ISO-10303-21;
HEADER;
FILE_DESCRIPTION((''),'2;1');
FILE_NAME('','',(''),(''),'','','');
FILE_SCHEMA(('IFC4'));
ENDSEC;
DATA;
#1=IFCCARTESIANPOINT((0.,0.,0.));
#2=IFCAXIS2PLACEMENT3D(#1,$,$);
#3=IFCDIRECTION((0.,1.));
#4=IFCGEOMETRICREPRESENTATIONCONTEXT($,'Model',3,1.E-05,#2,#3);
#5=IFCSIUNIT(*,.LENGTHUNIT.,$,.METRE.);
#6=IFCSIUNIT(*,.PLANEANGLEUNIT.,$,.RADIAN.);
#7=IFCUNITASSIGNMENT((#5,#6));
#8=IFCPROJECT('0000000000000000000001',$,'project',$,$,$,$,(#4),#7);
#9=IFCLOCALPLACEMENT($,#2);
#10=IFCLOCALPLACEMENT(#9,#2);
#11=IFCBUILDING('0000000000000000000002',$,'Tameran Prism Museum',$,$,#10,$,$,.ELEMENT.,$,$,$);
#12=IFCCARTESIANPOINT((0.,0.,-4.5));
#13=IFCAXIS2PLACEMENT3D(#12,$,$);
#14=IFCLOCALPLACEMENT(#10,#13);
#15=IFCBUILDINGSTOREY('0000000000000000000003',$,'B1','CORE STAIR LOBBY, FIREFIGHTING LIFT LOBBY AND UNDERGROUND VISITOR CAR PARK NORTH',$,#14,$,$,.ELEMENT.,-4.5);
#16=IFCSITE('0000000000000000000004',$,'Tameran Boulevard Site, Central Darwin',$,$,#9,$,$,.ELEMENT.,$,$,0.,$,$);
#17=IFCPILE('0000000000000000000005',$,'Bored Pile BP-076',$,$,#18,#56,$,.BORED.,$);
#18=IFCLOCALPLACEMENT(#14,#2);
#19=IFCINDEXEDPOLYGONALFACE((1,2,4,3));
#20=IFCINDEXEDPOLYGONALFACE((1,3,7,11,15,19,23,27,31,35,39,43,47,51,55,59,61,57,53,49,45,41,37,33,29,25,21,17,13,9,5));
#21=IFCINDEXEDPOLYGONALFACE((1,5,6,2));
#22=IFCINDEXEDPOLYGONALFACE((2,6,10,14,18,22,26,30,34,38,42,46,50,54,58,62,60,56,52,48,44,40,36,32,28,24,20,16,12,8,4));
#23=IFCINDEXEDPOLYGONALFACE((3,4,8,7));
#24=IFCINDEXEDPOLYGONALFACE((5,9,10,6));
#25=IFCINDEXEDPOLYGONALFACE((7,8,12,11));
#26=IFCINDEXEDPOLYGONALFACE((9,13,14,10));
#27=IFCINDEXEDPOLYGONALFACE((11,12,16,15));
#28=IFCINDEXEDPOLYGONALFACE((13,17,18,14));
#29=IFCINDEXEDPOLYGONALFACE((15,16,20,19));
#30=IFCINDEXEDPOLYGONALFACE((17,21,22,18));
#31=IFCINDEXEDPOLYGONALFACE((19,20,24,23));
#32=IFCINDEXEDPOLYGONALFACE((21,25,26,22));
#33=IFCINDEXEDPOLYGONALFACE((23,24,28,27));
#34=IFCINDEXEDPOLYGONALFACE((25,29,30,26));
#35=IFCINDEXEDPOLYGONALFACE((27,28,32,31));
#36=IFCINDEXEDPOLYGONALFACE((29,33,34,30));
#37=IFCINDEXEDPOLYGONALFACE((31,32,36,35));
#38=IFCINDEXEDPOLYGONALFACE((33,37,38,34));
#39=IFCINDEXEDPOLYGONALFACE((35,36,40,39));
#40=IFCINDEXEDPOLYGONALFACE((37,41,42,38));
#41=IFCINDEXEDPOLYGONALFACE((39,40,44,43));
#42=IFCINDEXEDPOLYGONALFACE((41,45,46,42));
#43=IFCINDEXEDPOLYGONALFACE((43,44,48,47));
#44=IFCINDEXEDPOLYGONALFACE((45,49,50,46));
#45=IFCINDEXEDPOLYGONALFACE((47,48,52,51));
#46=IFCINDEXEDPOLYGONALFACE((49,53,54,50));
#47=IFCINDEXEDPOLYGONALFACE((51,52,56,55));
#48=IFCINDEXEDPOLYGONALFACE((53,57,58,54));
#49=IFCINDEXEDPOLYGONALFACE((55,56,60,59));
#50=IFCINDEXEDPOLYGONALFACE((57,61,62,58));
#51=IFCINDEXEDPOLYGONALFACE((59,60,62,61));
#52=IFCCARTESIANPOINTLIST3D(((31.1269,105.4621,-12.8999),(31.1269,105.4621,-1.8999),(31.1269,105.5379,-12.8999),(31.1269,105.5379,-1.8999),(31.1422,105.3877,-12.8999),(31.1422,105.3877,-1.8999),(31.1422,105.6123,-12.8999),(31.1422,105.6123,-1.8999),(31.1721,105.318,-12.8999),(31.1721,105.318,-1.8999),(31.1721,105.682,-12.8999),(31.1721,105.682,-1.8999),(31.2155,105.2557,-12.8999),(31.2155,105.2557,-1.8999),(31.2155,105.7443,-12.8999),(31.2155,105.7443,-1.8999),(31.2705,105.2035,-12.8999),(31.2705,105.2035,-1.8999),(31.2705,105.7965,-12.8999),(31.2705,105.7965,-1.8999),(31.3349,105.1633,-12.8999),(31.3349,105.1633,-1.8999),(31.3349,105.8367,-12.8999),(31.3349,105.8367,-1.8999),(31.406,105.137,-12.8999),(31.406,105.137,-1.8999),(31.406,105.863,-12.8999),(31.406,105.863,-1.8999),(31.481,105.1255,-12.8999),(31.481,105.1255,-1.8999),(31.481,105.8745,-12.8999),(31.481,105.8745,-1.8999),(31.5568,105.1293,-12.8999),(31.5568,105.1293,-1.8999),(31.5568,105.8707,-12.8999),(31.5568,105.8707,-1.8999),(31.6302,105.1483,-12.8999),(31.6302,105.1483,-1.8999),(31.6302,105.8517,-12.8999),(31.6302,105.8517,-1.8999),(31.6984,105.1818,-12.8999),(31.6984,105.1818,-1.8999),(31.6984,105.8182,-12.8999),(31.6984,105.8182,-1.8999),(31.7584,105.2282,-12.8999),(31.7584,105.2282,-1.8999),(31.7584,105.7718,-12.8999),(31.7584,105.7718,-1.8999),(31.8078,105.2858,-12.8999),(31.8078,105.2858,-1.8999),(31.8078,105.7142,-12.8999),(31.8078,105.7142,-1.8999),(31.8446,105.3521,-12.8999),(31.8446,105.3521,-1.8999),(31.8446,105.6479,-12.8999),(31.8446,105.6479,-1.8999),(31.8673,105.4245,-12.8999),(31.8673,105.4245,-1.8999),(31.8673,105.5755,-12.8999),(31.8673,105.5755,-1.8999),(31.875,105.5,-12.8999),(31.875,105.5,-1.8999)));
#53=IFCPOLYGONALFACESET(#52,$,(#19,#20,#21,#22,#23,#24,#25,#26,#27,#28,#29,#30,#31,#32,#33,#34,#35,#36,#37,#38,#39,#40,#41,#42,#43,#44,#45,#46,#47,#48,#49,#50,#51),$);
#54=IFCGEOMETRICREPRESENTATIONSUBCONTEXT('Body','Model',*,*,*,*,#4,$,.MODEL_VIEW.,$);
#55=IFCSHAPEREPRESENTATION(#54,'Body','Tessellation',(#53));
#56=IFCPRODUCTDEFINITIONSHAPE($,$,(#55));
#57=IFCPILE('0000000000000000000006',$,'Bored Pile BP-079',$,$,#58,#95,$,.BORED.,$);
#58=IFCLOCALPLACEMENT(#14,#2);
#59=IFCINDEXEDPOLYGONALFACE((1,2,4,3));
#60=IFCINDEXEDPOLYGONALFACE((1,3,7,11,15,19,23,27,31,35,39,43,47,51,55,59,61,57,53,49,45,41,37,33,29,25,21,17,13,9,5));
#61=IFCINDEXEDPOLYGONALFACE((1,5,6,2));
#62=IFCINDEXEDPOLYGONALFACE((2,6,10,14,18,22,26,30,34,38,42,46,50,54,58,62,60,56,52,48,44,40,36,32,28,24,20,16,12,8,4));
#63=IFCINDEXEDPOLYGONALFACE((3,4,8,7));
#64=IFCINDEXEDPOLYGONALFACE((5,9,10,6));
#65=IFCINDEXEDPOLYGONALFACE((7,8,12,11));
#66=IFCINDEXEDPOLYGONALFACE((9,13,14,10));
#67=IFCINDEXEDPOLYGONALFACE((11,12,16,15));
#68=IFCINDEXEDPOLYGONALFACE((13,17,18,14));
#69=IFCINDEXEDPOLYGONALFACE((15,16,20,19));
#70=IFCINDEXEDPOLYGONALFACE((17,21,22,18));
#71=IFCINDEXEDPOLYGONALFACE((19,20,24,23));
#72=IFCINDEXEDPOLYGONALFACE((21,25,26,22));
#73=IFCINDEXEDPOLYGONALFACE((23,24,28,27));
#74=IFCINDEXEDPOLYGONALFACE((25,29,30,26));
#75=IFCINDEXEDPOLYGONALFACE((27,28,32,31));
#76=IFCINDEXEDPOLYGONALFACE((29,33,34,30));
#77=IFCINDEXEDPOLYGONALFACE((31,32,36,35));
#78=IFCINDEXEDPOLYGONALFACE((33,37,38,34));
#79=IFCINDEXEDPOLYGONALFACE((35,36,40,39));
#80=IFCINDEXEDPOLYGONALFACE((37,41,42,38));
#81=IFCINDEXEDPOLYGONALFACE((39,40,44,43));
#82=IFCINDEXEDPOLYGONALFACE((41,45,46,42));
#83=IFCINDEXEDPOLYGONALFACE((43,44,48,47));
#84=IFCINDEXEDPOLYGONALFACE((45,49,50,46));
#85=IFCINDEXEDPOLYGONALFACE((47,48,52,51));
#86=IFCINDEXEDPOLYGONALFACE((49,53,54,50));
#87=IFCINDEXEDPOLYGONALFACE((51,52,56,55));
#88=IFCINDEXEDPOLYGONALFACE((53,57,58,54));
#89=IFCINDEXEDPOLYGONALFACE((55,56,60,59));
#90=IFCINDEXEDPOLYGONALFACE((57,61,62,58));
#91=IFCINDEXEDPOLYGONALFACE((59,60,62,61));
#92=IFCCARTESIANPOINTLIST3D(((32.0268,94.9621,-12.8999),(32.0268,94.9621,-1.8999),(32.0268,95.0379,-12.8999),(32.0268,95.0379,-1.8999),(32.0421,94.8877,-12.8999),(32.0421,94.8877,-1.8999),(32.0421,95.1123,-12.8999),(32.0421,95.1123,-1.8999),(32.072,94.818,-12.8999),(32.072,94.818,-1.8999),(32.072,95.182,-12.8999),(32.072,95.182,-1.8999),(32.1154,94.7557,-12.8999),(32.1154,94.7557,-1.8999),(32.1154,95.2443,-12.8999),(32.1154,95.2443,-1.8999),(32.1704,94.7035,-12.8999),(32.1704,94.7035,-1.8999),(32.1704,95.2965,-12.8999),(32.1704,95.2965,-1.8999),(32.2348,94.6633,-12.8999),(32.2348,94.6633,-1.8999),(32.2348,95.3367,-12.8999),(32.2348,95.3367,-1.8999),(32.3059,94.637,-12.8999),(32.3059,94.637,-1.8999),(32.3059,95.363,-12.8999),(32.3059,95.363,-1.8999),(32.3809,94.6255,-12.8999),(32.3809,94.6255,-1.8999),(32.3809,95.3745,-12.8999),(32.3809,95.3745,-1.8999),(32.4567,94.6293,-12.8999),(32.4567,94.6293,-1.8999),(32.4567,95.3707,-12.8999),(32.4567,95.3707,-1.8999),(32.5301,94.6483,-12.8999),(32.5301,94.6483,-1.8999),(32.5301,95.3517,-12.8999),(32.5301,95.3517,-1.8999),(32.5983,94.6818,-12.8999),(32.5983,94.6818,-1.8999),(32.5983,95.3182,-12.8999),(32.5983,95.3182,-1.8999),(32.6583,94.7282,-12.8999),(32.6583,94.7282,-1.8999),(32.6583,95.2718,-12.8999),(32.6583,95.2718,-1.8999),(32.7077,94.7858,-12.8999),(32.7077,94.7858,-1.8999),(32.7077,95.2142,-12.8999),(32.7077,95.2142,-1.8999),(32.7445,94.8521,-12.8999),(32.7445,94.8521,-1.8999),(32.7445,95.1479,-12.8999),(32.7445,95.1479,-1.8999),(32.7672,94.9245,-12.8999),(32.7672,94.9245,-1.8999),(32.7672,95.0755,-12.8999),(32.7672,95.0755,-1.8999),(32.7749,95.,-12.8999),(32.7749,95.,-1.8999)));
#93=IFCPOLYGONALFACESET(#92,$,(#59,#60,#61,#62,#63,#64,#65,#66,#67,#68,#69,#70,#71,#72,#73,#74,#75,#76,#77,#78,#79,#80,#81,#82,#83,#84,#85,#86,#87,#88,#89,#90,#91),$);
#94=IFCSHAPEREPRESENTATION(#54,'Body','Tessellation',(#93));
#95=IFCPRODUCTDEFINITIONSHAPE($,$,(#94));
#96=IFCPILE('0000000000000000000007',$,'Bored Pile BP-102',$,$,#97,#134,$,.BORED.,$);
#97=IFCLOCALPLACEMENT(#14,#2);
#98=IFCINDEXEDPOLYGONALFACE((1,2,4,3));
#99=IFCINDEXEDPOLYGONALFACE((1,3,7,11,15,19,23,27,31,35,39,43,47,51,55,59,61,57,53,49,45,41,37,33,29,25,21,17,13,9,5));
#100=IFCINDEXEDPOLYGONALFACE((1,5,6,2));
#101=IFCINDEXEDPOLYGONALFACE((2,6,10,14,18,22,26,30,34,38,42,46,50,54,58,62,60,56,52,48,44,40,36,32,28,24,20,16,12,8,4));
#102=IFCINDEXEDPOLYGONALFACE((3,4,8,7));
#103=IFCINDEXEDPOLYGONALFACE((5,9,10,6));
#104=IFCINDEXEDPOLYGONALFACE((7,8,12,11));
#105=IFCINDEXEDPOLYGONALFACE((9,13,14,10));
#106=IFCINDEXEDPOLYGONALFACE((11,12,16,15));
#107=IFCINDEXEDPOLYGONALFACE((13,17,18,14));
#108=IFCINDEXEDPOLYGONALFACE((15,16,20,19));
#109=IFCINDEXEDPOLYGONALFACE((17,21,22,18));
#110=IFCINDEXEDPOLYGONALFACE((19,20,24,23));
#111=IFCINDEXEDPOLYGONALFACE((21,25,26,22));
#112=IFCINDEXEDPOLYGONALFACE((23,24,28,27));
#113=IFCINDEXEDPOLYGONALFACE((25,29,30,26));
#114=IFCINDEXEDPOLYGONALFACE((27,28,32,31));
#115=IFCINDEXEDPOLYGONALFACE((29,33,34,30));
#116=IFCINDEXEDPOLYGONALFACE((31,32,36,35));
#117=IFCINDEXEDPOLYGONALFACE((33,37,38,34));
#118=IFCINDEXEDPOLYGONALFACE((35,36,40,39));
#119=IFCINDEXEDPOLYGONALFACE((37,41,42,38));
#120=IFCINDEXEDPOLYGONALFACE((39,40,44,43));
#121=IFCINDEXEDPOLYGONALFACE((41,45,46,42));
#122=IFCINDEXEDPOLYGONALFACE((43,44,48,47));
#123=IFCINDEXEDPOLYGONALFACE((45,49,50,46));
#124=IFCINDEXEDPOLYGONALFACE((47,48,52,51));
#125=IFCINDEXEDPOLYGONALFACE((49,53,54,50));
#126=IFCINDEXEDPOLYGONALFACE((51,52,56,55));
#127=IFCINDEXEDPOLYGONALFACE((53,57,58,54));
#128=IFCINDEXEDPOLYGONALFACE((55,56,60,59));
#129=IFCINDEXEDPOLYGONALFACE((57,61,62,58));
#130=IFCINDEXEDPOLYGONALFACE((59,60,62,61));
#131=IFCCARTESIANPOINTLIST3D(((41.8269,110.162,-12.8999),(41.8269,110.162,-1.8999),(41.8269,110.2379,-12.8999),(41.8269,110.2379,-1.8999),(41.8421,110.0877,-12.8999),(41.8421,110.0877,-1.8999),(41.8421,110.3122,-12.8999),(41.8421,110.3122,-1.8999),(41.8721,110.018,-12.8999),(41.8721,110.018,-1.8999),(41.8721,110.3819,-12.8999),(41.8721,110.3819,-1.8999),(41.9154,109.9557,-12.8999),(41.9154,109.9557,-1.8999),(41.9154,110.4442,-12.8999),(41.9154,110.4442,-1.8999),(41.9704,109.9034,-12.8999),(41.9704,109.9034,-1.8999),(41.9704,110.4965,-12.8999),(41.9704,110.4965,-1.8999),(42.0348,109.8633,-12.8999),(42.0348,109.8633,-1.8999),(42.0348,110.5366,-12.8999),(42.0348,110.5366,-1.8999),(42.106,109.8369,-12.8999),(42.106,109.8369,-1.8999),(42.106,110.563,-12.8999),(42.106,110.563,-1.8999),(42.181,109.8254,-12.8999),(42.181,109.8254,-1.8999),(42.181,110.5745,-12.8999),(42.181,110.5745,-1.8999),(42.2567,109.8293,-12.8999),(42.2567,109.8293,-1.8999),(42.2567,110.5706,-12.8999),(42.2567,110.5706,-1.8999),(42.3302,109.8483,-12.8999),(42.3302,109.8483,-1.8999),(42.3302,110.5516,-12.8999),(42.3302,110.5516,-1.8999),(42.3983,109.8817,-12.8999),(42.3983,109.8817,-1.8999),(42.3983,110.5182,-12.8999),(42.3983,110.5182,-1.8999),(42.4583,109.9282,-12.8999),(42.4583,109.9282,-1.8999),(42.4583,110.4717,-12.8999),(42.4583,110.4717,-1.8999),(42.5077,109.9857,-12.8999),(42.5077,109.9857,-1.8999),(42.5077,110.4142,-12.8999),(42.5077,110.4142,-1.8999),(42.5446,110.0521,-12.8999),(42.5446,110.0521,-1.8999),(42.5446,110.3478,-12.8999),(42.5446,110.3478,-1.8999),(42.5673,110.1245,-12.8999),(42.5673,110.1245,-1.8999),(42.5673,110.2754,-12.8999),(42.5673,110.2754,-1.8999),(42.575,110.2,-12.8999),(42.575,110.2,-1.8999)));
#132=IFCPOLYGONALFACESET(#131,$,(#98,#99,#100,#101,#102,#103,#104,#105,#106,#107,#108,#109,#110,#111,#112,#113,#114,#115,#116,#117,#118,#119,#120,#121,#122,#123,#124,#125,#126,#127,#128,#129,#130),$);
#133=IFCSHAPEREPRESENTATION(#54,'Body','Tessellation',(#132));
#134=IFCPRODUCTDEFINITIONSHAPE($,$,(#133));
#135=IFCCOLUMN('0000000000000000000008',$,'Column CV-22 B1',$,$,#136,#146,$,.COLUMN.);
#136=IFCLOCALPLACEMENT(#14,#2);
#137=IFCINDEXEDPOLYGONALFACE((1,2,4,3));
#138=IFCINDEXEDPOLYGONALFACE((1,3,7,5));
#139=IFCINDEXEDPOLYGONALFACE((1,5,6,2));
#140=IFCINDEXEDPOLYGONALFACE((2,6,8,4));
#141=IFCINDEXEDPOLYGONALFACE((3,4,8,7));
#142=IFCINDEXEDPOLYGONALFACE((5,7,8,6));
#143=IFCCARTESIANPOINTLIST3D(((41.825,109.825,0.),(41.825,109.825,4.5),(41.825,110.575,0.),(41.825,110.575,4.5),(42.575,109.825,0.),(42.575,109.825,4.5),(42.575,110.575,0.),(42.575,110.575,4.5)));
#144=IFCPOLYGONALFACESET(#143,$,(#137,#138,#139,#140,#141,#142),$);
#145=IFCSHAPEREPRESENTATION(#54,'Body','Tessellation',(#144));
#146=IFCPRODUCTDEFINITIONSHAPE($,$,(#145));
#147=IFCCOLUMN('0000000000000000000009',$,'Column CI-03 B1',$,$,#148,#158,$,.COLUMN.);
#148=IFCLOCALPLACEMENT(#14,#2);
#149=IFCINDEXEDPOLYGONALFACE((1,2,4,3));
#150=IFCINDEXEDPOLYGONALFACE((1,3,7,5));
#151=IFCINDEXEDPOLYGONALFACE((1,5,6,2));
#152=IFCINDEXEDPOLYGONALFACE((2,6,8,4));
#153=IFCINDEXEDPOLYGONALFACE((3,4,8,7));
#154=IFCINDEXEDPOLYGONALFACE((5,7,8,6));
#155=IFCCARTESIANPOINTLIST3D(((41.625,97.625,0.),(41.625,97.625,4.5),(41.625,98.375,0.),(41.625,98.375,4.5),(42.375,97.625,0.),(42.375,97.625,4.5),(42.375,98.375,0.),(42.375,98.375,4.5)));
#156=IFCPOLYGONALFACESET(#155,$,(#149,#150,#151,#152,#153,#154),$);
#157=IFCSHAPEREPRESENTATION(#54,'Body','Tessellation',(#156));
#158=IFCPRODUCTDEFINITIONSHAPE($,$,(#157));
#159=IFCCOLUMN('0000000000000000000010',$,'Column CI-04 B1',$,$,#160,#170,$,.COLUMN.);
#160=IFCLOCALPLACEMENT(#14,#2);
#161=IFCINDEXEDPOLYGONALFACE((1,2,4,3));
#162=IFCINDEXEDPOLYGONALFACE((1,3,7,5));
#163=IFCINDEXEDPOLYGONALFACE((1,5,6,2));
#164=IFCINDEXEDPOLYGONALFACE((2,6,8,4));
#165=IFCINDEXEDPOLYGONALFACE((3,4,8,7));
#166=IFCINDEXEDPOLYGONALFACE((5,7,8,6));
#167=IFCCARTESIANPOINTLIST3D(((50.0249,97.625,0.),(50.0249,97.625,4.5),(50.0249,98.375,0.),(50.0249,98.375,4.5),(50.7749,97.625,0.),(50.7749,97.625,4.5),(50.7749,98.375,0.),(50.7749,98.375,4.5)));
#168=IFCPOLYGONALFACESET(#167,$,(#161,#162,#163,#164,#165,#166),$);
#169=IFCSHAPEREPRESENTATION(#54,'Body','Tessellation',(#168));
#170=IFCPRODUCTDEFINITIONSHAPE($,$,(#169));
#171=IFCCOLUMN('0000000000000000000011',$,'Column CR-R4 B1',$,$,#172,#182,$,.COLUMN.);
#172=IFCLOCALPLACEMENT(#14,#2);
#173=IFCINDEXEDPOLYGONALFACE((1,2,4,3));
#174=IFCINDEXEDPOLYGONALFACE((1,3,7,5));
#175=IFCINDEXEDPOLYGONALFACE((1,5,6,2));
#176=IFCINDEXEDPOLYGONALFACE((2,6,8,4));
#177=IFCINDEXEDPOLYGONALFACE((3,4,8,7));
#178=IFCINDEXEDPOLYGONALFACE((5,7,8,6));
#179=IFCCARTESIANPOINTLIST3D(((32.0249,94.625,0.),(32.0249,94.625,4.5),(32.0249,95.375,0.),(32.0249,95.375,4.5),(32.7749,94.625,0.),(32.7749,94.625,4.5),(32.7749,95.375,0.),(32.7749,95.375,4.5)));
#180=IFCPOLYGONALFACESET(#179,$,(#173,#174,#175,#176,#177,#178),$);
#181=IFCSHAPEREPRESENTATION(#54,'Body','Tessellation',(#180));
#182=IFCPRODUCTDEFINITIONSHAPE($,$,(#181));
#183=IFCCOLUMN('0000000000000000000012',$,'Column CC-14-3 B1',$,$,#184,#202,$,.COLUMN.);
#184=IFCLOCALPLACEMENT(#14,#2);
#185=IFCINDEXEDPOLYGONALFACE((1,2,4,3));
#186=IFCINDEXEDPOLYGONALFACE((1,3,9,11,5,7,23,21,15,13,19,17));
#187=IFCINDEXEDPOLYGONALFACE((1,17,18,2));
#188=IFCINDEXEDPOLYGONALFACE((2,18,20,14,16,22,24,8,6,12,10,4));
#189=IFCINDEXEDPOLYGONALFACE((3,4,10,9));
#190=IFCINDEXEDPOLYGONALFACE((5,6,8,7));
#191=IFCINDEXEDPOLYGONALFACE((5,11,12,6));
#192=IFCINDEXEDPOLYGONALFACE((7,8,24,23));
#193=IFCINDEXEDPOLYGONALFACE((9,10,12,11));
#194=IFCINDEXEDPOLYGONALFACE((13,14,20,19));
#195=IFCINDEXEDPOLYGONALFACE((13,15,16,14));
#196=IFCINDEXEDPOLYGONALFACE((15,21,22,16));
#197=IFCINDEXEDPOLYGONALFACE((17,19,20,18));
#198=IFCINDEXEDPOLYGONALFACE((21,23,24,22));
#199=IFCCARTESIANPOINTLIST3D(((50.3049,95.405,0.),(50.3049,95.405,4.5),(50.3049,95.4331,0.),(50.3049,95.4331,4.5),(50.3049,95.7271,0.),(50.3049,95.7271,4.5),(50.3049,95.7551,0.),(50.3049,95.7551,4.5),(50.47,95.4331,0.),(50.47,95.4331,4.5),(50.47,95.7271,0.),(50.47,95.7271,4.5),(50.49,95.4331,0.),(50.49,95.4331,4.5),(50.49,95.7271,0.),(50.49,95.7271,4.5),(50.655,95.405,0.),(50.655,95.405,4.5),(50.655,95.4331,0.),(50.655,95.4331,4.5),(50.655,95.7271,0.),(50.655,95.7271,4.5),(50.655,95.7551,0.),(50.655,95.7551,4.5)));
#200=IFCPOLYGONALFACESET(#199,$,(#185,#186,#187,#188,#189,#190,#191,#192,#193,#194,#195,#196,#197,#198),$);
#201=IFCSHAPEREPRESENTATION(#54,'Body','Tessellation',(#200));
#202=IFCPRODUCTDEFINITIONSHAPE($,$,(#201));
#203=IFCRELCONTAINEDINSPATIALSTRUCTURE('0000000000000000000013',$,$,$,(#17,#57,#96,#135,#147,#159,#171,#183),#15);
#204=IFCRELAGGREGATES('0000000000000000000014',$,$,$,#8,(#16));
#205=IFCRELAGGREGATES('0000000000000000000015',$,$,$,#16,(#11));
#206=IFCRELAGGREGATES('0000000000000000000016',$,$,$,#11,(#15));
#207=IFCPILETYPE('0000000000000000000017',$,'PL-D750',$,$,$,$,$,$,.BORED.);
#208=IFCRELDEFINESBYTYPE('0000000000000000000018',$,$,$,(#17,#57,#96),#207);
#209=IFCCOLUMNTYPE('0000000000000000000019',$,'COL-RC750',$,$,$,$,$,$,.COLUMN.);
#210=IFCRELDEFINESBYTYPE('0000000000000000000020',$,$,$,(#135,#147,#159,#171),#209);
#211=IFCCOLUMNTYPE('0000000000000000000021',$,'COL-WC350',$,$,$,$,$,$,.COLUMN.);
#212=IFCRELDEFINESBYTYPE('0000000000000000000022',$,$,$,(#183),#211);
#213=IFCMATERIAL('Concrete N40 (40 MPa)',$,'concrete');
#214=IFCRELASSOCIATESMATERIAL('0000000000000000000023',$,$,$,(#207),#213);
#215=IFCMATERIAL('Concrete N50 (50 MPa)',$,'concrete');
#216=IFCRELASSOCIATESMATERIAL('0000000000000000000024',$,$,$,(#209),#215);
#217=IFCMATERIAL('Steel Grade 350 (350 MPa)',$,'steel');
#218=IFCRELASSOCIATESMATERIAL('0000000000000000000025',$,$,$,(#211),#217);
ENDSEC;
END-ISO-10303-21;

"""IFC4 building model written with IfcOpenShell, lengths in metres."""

from ifc_helpers import new_model, si_unit, direction, frame, origin, origin_2d, place, context, subcontext, project, spatial, rectangle, circle, i_section, extrude, material, material_profile, profile_set, type_object, element, save


model = new_model("IFC4")

# Units and contexts
model_context = context("Model", 3, precision=1e-05, world=origin(), true_north=direction((0.0, 1.0)))
body_context = subcontext(model_context, "Body", "Model", "MODEL_VIEW")
ifc_project = project(units=[si_unit("LENGTHUNIT", "METRE"), si_unit("PLANEANGLEUNIT", "RADIAN")], contexts=[model_context])

# Site, building, storey
site_placement = place(None, origin())
site = spatial("IfcSite", under=ifc_project, at=site_placement, Name="Tameran Boulevard Site, Central Darwin", CompositionType="ELEMENT", RefElevation=0.0)
building_placement = place(site_placement, origin())
building = spatial("IfcBuilding", under=site, at=building_placement, Name="Tameran Prism Museum", CompositionType="ELEMENT")
storey_placement = place(building_placement, frame((0.0, 0.0, -4.5)))
storey = spatial("IfcBuildingStorey", under=building, at=storey_placement, Name="B1", Description="CORE STAIR LOBBY, FIREFIGHTING LIFT LOBBY AND UNDERGROUND VISITOR CAR PARK NORTH", CompositionType="ELEMENT", Elevation=-4.5)

# Piles
ifc_material_1 = material(Name="Concrete N40 (40 MPa)", Category="concrete")
ifc_material_profile_1 = material_profile(ifc_material_1, circle(Radius=0.375, at=origin_2d()))
ifc_profile_set_1 = profile_set([ifc_material_profile_1])
pile_type_1 = type_object("IfcPileType", Name="PL-D750", PredefinedType="BORED", material=ifc_profile_set_1)
for number, where, z_axis, x_axis, name in (
    (1, (31.5, 105.5, -1.8999), (0.0, 0.0, -1.0), (1.0, 0.0, 0.0), "Bored Pile BP-076"),
    (2, (32.3999, 95.0, -1.8999), (0.0, 0.0, -1.0), (1.0, 0.0, 0.0), "Bored Pile BP-079"),
    (3, (42.2, 110.2, -1.8999), (0.0, 0.0, -1.0), (1.0, 0.0, 0.0), "Bored Pile BP-102"),
):
    element("IfcPile", number, at=place(storey_placement, frame(where, z_axis=z_axis, x_axis=x_axis)), inside=storey, type_object=pile_type_1, Name=name, PredefinedType="BORED", context=body_context, shape_type="SweptSolid", body=[
        extrude(circle(Radius=0.375, at=origin_2d()), origin(), (0.0, 0.0, 1.0), 11.0),
    ])

# Columns
ifc_material_2 = material(Name="Concrete N50 (50 MPa)", Category="concrete")
ifc_material_profile_2 = material_profile(ifc_material_2, rectangle(XDim=0.75, YDim=0.75, at=origin_2d()))
ifc_profile_set_2 = profile_set([ifc_material_profile_2])
column_type_1 = type_object("IfcColumnType", Name="COL-RC750", PredefinedType="COLUMN", material=ifc_profile_set_2)
for number, where, z_axis, x_axis, name in (
    (4, (42.2, 110.2, 0.0), (0.0, 0.0, 1.0), (1.0, 0.0, 0.0), "Column CV-22 B1"),
    (5, (42.0, 98.0, 0.0), (0.0, 0.0, 1.0), (1.0, 0.0, 0.0), "Column CI-03 B1"),
    (6, (50.3999, 98.0, 0.0), (0.0, 0.0, 1.0), (1.0, 0.0, 0.0), "Column CI-04 B1"),
    (7, (32.3999, 95.0, 0.0), (0.0, 0.0, 1.0), (1.0, 0.0, 0.0), "Column CR-R4 B1"),
):
    element("IfcColumn", number, at=place(storey_placement, frame(where, z_axis=z_axis, x_axis=x_axis)), inside=storey, type_object=column_type_1, Name=name, PredefinedType="COLUMN", context=body_context, shape_type="SweptSolid", body=[
        extrude(rectangle(XDim=0.75, YDim=0.75, at=origin_2d()), origin(), (0.0, 0.0, 1.0), 4.5),
    ])
ifc_material_3 = material(Name="Steel Grade 350 (350 MPa)", Category="steel")
ifc_material_profile_3 = material_profile(ifc_material_3, i_section(OverallWidth=0.3501, OverallDepth=0.3501, WebThickness=0.02, FlangeThickness=0.0281, at=origin_2d()))
ifc_profile_set_3 = profile_set([ifc_material_profile_3])
column_type_2 = type_object("IfcColumnType", Name="COL-WC350", PredefinedType="COLUMN", material=ifc_profile_set_3)
for number, where, z_axis, x_axis, name in (
    (8, (50.48, 95.5801, 0.0), (0.0, 0.0, 1.0), (1.0, 0.0, 0.0), "Column CC-14-3 B1"),
):
    element("IfcColumn", number, at=place(storey_placement, frame(where, z_axis=z_axis, x_axis=x_axis)), inside=storey, type_object=column_type_2, Name=name, PredefinedType="COLUMN", context=body_context, shape_type="SweptSolid", body=[
        extrude(i_section(OverallWidth=0.3501, OverallDepth=0.3501, WebThickness=0.02, FlangeThickness=0.0281, at=origin_2d()), origin(), (0.0, 0.0, 1.0), 4.5),
    ])

save(model, "model.ifc")
